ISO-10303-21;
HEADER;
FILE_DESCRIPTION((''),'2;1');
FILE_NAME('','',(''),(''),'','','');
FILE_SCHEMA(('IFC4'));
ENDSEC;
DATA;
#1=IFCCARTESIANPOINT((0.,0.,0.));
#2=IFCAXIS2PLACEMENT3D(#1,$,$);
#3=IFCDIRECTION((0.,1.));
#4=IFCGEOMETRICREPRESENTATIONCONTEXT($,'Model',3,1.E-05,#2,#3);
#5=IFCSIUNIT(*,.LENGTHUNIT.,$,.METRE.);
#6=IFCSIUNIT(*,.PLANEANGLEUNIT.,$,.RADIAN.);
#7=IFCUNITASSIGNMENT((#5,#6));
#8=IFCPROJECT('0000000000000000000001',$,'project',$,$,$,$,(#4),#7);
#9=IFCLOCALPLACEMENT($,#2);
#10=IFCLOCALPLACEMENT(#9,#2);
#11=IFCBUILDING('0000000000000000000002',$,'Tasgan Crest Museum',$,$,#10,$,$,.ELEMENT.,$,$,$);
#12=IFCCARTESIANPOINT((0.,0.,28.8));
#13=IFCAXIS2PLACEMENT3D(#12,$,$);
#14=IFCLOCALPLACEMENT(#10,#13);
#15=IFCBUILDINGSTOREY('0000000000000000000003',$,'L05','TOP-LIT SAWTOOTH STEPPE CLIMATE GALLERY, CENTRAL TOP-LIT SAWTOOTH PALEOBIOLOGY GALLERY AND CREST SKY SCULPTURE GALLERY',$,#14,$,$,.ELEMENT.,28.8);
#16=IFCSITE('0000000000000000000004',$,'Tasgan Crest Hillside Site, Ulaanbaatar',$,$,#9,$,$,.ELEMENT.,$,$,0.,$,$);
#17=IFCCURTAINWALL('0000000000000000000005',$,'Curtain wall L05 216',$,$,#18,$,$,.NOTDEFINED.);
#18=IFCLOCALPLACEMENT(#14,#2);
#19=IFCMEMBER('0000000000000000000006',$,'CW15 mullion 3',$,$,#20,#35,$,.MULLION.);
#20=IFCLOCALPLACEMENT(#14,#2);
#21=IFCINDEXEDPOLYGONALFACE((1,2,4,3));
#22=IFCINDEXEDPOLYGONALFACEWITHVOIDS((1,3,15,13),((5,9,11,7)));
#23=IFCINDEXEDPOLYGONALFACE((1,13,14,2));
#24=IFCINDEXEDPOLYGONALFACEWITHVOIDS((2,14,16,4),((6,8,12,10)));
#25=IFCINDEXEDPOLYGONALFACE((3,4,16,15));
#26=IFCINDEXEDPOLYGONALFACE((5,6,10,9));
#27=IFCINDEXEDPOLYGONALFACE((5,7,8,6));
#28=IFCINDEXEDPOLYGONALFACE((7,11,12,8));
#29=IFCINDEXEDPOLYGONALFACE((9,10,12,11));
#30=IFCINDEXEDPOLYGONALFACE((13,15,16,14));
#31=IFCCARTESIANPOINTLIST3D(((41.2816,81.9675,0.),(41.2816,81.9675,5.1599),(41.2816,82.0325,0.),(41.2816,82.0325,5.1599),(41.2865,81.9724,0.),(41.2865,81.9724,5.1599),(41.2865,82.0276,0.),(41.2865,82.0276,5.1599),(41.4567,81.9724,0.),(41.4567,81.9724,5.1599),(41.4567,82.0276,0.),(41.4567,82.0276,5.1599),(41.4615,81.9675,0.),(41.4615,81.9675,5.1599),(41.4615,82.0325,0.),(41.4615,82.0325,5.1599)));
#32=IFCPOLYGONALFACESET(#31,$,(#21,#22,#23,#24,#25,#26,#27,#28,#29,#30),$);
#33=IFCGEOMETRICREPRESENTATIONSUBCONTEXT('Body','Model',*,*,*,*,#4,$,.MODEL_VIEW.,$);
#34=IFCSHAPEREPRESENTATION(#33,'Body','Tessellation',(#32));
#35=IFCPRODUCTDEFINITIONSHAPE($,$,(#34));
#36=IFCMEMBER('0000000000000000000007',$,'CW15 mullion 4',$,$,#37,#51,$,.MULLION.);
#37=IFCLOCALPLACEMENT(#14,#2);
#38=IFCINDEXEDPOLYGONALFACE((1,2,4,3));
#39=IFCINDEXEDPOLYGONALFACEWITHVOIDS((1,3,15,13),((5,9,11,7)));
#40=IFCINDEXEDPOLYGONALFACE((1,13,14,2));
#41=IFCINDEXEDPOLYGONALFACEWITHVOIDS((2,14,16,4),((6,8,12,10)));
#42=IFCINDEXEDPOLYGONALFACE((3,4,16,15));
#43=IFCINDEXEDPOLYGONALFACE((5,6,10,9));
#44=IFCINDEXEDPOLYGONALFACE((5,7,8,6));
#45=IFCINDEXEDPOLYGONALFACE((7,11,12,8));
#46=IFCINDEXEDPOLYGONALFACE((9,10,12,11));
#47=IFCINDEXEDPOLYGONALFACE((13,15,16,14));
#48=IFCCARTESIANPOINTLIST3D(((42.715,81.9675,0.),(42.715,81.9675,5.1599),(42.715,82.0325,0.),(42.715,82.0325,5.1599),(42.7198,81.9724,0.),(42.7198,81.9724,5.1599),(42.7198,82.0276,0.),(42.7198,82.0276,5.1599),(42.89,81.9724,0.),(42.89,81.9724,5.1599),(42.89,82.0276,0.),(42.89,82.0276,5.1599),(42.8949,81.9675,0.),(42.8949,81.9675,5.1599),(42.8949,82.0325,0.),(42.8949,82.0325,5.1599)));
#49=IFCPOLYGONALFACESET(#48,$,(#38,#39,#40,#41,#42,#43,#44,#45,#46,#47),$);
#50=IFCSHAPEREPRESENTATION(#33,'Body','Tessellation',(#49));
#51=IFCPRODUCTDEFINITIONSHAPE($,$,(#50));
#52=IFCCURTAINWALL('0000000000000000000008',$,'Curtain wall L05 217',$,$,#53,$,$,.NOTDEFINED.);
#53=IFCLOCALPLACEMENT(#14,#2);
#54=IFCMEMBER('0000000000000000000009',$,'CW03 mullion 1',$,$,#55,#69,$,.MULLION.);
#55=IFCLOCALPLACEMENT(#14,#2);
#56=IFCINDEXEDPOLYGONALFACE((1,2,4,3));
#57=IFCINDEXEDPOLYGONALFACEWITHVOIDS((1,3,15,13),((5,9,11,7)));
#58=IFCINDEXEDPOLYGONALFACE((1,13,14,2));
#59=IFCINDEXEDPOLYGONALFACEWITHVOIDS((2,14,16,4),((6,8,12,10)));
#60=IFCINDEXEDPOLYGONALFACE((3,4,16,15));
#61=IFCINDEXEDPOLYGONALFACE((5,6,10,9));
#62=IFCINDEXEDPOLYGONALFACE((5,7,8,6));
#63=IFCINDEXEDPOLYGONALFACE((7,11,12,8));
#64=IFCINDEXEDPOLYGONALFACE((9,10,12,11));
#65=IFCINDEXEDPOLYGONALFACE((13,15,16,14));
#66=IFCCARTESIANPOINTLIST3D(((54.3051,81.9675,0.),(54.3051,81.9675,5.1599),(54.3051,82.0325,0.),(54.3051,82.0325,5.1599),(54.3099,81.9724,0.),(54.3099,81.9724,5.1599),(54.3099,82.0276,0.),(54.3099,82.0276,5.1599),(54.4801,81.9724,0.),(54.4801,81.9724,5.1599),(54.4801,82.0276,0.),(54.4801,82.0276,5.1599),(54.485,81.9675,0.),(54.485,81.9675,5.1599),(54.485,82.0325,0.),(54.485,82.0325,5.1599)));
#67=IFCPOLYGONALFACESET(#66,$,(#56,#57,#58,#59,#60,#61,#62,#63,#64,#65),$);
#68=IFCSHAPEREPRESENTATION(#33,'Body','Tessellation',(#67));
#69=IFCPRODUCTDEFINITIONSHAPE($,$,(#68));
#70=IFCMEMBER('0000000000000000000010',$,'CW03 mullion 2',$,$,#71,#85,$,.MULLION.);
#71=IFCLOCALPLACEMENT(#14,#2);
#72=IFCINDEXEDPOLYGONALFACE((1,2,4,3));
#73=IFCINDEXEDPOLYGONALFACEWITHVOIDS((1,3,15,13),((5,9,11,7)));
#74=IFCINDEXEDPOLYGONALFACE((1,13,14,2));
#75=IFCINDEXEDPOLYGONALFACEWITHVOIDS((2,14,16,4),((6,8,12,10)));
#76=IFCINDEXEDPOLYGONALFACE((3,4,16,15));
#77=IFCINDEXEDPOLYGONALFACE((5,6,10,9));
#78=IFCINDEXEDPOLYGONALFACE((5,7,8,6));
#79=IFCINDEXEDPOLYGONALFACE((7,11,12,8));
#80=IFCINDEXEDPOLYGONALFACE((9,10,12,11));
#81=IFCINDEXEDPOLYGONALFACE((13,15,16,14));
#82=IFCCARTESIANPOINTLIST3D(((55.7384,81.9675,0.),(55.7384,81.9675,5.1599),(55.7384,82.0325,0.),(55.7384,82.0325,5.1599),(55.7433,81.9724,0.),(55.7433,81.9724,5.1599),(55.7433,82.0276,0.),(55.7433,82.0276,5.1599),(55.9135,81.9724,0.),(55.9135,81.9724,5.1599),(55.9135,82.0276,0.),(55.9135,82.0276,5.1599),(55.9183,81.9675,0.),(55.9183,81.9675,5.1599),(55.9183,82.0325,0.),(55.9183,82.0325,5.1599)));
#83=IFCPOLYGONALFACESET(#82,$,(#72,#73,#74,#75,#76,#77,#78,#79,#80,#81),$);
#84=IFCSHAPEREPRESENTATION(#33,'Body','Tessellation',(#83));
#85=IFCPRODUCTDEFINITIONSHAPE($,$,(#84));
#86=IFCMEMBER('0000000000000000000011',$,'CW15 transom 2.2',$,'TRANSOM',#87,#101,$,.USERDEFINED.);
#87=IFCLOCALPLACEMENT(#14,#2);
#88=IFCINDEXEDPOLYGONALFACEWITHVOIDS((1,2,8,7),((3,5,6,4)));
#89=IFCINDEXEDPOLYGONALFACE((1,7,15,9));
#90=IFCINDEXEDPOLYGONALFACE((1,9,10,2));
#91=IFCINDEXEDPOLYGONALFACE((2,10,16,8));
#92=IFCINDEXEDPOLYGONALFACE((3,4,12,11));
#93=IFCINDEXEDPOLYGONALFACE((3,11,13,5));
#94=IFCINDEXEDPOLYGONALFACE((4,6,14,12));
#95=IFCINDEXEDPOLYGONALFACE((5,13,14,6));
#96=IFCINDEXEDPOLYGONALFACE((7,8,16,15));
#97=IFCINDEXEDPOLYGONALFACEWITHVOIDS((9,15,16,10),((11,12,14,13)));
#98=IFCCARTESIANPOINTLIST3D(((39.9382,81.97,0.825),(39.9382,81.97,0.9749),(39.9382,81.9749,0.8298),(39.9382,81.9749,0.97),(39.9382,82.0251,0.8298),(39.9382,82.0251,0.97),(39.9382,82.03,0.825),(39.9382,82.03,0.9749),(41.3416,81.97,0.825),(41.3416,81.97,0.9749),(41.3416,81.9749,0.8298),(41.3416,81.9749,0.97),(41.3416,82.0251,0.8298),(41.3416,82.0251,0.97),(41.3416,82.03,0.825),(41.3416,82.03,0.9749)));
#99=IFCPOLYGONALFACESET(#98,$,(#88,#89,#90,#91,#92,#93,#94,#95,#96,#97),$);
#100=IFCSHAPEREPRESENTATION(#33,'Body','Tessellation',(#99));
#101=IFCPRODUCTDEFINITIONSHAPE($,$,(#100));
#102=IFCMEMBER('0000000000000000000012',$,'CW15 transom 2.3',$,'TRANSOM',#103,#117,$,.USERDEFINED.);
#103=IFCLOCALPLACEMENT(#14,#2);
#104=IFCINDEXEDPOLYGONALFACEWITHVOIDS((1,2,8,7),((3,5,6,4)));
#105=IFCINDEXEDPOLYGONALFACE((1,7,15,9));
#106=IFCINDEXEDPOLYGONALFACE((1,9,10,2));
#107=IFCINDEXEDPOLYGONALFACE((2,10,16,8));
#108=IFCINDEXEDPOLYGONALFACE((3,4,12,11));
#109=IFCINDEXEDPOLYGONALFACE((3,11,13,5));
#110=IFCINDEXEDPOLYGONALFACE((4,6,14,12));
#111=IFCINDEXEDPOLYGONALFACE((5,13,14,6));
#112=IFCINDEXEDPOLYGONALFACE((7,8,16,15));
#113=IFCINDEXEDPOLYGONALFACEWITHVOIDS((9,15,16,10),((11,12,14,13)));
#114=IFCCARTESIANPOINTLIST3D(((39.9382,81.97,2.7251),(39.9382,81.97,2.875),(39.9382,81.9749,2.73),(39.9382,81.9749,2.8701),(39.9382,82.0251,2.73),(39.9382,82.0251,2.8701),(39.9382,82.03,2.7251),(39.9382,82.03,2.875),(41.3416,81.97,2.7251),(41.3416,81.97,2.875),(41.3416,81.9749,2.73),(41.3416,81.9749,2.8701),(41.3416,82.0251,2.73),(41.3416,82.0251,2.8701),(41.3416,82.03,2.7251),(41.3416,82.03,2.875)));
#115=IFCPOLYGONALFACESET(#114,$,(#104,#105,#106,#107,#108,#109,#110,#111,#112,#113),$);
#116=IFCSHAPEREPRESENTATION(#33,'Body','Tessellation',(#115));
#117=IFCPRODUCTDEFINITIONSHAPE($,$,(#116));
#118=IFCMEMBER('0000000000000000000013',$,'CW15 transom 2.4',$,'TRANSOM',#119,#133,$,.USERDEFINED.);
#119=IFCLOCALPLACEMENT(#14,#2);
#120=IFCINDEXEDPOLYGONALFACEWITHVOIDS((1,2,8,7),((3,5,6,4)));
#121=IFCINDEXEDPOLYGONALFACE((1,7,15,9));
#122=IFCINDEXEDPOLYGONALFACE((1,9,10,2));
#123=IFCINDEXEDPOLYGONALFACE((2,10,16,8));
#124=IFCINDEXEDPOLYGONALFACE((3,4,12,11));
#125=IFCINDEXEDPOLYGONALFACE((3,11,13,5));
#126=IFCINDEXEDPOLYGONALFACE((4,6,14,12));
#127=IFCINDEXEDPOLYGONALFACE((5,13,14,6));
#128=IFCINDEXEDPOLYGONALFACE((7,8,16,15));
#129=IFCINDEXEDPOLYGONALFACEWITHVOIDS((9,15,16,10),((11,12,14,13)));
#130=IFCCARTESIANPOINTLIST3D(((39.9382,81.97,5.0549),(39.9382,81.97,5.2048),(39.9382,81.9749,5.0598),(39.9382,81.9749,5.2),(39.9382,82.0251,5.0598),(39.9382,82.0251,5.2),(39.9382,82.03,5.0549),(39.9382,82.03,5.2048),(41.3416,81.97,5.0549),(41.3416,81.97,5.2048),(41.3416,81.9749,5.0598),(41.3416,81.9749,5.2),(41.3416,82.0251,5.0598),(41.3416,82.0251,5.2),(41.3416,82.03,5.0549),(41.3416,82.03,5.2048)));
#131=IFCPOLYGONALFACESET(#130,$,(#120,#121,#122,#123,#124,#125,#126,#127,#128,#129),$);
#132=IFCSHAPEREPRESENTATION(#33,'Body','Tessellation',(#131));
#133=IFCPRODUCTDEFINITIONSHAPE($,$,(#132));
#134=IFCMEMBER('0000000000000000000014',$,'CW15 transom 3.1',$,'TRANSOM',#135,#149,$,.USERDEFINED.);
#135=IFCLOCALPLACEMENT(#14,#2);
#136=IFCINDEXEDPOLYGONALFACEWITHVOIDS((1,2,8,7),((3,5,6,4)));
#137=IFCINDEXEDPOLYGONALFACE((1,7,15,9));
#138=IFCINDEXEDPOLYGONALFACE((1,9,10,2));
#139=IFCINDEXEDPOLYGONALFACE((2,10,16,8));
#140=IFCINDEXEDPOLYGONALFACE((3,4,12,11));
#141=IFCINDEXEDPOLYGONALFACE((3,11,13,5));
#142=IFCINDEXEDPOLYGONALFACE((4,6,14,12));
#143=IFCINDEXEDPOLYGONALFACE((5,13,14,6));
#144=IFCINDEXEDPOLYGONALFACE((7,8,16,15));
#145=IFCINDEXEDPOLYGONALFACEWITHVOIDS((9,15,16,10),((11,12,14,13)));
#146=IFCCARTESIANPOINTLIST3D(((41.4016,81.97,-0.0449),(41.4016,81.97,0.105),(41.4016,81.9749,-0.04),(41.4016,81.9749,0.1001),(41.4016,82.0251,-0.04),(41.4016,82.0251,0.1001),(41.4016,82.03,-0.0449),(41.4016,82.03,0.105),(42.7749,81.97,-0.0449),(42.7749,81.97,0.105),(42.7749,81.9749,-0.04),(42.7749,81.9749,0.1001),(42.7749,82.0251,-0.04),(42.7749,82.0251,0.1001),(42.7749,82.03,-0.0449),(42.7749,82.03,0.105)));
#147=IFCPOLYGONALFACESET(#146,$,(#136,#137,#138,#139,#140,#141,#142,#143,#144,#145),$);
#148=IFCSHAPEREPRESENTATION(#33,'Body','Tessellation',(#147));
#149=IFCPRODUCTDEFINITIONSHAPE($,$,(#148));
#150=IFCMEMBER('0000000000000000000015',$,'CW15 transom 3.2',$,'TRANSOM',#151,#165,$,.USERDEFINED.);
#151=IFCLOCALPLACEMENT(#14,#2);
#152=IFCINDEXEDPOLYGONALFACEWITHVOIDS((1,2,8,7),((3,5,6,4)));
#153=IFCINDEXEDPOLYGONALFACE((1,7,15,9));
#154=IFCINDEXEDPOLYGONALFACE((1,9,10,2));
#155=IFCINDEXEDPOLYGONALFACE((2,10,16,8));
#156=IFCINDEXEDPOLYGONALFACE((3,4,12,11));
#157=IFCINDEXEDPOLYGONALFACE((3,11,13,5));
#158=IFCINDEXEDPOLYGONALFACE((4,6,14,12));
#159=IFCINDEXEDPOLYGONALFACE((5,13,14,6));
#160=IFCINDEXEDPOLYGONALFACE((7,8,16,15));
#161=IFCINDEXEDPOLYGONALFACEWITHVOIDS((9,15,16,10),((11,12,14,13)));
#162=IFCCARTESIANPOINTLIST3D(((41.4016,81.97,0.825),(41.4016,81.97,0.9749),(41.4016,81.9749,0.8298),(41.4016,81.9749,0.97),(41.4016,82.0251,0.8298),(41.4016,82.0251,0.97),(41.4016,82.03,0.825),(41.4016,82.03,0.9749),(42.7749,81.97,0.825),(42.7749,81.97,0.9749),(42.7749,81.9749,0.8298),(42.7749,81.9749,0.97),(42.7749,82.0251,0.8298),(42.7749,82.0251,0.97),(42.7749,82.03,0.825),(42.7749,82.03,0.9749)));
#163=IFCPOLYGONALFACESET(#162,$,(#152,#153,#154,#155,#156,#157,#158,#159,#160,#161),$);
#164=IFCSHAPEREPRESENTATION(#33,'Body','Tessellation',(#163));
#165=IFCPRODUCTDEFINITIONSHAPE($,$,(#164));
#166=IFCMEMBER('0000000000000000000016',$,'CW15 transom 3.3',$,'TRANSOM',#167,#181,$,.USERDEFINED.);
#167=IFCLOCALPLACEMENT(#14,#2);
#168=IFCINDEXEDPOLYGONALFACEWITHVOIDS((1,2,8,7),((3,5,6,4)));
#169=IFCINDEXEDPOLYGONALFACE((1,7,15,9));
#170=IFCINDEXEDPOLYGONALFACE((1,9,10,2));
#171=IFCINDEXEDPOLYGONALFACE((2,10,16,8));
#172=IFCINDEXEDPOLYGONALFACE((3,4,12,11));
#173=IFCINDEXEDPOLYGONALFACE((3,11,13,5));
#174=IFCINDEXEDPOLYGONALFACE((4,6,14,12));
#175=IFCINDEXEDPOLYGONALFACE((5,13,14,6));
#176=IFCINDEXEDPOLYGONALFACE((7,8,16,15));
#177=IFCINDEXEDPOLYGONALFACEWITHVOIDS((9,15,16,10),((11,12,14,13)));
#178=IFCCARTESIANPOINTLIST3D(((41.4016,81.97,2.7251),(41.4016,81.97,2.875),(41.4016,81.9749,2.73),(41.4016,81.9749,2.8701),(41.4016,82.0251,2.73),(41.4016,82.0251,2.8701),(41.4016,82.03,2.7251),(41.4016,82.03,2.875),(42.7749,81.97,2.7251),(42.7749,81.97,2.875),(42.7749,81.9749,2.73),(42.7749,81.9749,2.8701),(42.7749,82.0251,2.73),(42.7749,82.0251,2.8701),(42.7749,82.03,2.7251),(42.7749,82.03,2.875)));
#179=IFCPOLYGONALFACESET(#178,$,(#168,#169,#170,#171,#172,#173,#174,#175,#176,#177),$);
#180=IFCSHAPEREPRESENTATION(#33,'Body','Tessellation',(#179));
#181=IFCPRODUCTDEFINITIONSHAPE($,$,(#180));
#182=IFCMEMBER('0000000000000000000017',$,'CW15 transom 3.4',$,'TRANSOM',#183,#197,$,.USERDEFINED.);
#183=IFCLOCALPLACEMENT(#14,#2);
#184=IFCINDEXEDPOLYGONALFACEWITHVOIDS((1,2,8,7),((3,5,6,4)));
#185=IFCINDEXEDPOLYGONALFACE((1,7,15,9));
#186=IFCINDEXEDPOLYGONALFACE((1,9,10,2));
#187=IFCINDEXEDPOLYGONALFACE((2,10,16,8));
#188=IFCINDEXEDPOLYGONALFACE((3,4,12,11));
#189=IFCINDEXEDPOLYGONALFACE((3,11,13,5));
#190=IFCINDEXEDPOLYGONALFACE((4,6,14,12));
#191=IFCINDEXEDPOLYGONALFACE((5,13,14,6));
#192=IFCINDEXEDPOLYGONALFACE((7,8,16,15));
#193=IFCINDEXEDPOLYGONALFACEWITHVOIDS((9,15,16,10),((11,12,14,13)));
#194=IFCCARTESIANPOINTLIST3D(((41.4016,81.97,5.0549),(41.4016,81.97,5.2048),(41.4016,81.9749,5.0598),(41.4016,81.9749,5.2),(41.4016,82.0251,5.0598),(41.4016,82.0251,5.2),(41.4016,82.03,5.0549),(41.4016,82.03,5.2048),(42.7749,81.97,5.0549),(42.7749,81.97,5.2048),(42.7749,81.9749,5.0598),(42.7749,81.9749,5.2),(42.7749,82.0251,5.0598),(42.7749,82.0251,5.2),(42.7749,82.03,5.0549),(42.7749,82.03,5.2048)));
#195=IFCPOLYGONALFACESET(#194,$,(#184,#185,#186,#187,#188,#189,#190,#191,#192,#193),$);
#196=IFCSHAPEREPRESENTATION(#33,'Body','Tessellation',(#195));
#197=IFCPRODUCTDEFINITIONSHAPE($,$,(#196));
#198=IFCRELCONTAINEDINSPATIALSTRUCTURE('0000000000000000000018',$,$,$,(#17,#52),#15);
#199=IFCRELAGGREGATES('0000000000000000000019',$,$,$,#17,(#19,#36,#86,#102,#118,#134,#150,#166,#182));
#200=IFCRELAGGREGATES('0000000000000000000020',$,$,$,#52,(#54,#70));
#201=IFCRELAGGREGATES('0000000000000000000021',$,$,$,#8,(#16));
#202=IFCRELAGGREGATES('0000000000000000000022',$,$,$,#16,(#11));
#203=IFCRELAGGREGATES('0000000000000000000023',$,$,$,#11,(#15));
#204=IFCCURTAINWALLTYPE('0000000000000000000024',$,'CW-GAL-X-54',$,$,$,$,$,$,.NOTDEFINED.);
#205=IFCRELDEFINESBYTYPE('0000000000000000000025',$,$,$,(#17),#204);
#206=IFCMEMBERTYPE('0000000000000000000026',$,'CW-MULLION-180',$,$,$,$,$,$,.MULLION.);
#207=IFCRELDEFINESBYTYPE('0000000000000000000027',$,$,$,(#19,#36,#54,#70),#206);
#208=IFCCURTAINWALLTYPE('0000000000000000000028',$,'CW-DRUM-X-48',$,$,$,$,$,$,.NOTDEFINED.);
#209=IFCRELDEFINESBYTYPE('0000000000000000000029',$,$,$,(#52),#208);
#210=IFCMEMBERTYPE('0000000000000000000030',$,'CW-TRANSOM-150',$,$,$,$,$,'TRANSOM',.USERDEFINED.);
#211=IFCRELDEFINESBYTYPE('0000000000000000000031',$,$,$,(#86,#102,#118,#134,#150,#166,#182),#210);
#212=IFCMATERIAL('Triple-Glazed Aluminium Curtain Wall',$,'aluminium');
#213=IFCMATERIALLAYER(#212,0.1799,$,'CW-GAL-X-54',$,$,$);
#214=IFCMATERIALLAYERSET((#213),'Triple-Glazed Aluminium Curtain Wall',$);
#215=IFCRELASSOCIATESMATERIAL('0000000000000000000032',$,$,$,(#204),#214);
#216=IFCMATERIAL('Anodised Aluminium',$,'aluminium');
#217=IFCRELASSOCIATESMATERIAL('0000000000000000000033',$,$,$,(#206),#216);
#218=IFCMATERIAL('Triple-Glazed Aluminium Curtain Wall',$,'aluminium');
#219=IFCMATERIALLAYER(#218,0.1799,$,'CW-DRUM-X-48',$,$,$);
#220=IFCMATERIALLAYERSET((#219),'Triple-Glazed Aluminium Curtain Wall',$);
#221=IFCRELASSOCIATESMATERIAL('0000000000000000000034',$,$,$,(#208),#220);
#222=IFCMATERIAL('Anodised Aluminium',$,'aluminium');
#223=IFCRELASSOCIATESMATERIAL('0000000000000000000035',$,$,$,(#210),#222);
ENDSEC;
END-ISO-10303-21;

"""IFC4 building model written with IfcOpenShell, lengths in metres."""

from ifc_helpers import new_model, si_unit, direction, frame, origin, origin_2d, place, context, subcontext, project, spatial, hollow_rectangle, extrude, material, layer, layer_set, material_profile, profile_set, type_object, element, aggregate, save


model = new_model("IFC4")

# Units and contexts
model_context = context("Model", 3, precision=1e-05, world=origin(), true_north=direction((0.0, 1.0)))
body_context = subcontext(model_context, "Body", "Model", "MODEL_VIEW")
ifc_project = project(units=[si_unit("LENGTHUNIT", "METRE"), si_unit("PLANEANGLEUNIT", "RADIAN")], contexts=[model_context])

# Site, building, storey
site_placement = place(None, origin())
site = spatial("IfcSite", under=ifc_project, at=site_placement, Name="Tasgan Crest Hillside Site, Ulaanbaatar", CompositionType="ELEMENT", RefElevation=0.0)
building_placement = place(site_placement, origin())
building = spatial("IfcBuilding", under=site, at=building_placement, Name="Tasgan Crest Museum", CompositionType="ELEMENT")
storey_placement = place(building_placement, frame((0.0, 0.0, 28.8)))
storey = spatial("IfcBuildingStorey", under=building, at=storey_placement, Name="L05", Description="TOP-LIT SAWTOOTH STEPPE CLIMATE GALLERY, CENTRAL TOP-LIT SAWTOOTH PALEOBIOLOGY GALLERY AND CREST SKY SCULPTURE GALLERY", CompositionType="ELEMENT", Elevation=28.8)

# Curtain walls, members
ifc_material_1 = material(Name="Triple-Glazed Aluminium Curtain Wall", Category="aluminium")
ifc_layer_1 = layer(ifc_material_1, 0.1799, Name="CW-GAL-X-54")
ifc_layer_set_1 = layer_set([ifc_layer_1], Name="Triple-Glazed Aluminium Curtain Wall")
curtain_wall_type_1 = type_object("IfcCurtainWallType", Name="CW-GAL-X-54", PredefinedType="NOTDEFINED", material=ifc_layer_set_1)
curtain_wall_1_placement = place(storey_placement, origin())
curtain_wall_1 = element("IfcCurtainWall", 1, at=curtain_wall_1_placement, inside=storey, type_object=curtain_wall_type_1, Name="Curtain wall L05 216", PredefinedType="NOTDEFINED")
ifc_material_2 = material(Name="Anodised Aluminium", Category="aluminium")
ifc_material_profile_1 = material_profile(ifc_material_2, hollow_rectangle(XDim=0.0649, YDim=0.1799, WallThickness=0.0049, at=origin_2d()), Name="ALU MULLION 180x65x5")
ifc_profile_set_1 = profile_set([ifc_material_profile_1], Name="Anodised Aluminium")
member_type_1 = type_object("IfcMemberType", Name="CW-MULLION-180", PredefinedType="MULLION", material=ifc_profile_set_1)
member_1_placement = place(storey_placement, frame((41.3716, 82.0, 0.0), z_axis=(0.0, 0.0, 1.0), x_axis=(0.0, 1.0, 0.0)))
member_1 = element("IfcMember", 2, at=member_1_placement, type_object=member_type_1, Name="CW15 mullion 3", PredefinedType="MULLION", context=body_context, shape_type="SweptSolid", body=[
    extrude(hollow_rectangle(XDim=0.0649, YDim=0.1799, WallThickness=0.0049, at=origin_2d()), origin(), (0.0, 0.0, 1.0), 5.1599),
])
member_2_placement = place(storey_placement, frame((42.8049, 82.0, 0.0), z_axis=(0.0, 0.0, 1.0), x_axis=(0.0, 1.0, 0.0)))
member_2 = element("IfcMember", 3, at=member_2_placement, type_object=member_type_1, Name="CW15 mullion 4", PredefinedType="MULLION", context=body_context, shape_type="SweptSolid", body=[
    extrude(hollow_rectangle(XDim=0.0649, YDim=0.1799, WallThickness=0.0049, at=origin_2d()), origin(), (0.0, 0.0, 1.0), 5.1599),
])
ifc_material_3 = material(Name="Triple-Glazed Aluminium Curtain Wall", Category="aluminium")
ifc_layer_2 = layer(ifc_material_3, 0.1799, Name="CW-DRUM-X-48")
ifc_layer_set_2 = layer_set([ifc_layer_2], Name="Triple-Glazed Aluminium Curtain Wall")
curtain_wall_type_2 = type_object("IfcCurtainWallType", Name="CW-DRUM-X-48", PredefinedType="NOTDEFINED", material=ifc_layer_set_2)
curtain_wall_2_placement = place(storey_placement, origin())
curtain_wall_2 = element("IfcCurtainWall", 4, at=curtain_wall_2_placement, inside=storey, type_object=curtain_wall_type_2, Name="Curtain wall L05 217", PredefinedType="NOTDEFINED")
member_3_placement = place(storey_placement, frame((54.395, 82.0, 0.0), z_axis=(0.0, 0.0, 1.0), x_axis=(0.0, 1.0, 0.0)))
member_3 = element("IfcMember", 5, at=member_3_placement, type_object=member_type_1, Name="CW03 mullion 1", PredefinedType="MULLION", context=body_context, shape_type="SweptSolid", body=[
    extrude(hollow_rectangle(XDim=0.0649, YDim=0.1799, WallThickness=0.0049, at=origin_2d()), origin(), (0.0, 0.0, 1.0), 5.1599),
])
member_4_placement = place(storey_placement, frame((55.8284, 82.0, 0.0), z_axis=(0.0, 0.0, 1.0), x_axis=(0.0, 1.0, 0.0)))
member_4 = element("IfcMember", 6, at=member_4_placement, type_object=member_type_1, Name="CW03 mullion 2", PredefinedType="MULLION", context=body_context, shape_type="SweptSolid", body=[
    extrude(hollow_rectangle(XDim=0.0649, YDim=0.1799, WallThickness=0.0049, at=origin_2d()), origin(), (0.0, 0.0, 1.0), 5.1599),
])

# Members
ifc_material_4 = material(Name="Anodised Aluminium", Category="aluminium")
ifc_material_profile_2 = material_profile(ifc_material_4, hollow_rectangle(XDim=0.0601, YDim=0.1499, WallThickness=0.0049, at=origin_2d()), Name="ALU TRANSOM 150x60x5")
ifc_profile_set_2 = profile_set([ifc_material_profile_2], Name="Anodised Aluminium")
member_type_2 = type_object("IfcMemberType", Name="CW-TRANSOM-150", ElementType="TRANSOM", PredefinedType="USERDEFINED", material=ifc_profile_set_2)
member_5_placement = place(storey_placement, frame((39.9382, 82.0, 0.8999), z_axis=(1.0, 0.0, 0.0), x_axis=(0.0, 1.0, 0.0)))
member_5 = element("IfcMember", 7, at=member_5_placement, type_object=member_type_2, Name="CW15 transom 2.2", ObjectType="TRANSOM", PredefinedType="USERDEFINED", context=body_context, shape_type="SweptSolid", body=[
    extrude(hollow_rectangle(XDim=0.0601, YDim=0.1499, WallThickness=0.0049, at=origin_2d()), origin(), (0.0, 0.0, 1.0), 1.4033),
])
member_6_placement = place(storey_placement, frame((39.9382, 82.0, 2.8), z_axis=(1.0, 0.0, 0.0), x_axis=(0.0, 1.0, 0.0)))
member_6 = element("IfcMember", 8, at=member_6_placement, type_object=member_type_2, Name="CW15 transom 2.3", ObjectType="TRANSOM", PredefinedType="USERDEFINED", context=body_context, shape_type="SweptSolid", body=[
    extrude(hollow_rectangle(XDim=0.0601, YDim=0.1499, WallThickness=0.0049, at=origin_2d()), origin(), (0.0, 0.0, 1.0), 1.4033),
])
member_7_placement = place(storey_placement, frame((39.9382, 82.0, 5.1299), z_axis=(1.0, 0.0, 0.0), x_axis=(0.0, 1.0, 0.0)))
member_7 = element("IfcMember", 9, at=member_7_placement, type_object=member_type_2, Name="CW15 transom 2.4", ObjectType="TRANSOM", PredefinedType="USERDEFINED", context=body_context, shape_type="SweptSolid", body=[
    extrude(hollow_rectangle(XDim=0.0601, YDim=0.1499, WallThickness=0.0049, at=origin_2d()), origin(), (0.0, 0.0, 1.0), 1.4033),
])
member_8_placement = place(storey_placement, frame((41.4016, 82.0, 0.03), z_axis=(1.0, 0.0, 0.0), x_axis=(0.0, 1.0, 0.0)))
member_8 = element("IfcMember", 10, at=member_8_placement, type_object=member_type_2, Name="CW15 transom 3.1", ObjectType="TRANSOM", PredefinedType="USERDEFINED", context=body_context, shape_type="SweptSolid", body=[
    extrude(hollow_rectangle(XDim=0.0601, YDim=0.1499, WallThickness=0.0049, at=origin_2d()), origin(), (0.0, 0.0, 1.0), 1.3733),
])
member_9_placement = place(storey_placement, frame((41.4016, 82.0, 0.8999), z_axis=(1.0, 0.0, 0.0), x_axis=(0.0, 1.0, 0.0)))
member_9 = element("IfcMember", 11, at=member_9_placement, type_object=member_type_2, Name="CW15 transom 3.2", ObjectType="TRANSOM", PredefinedType="USERDEFINED", context=body_context, shape_type="SweptSolid", body=[
    extrude(hollow_rectangle(XDim=0.0601, YDim=0.1499, WallThickness=0.0049, at=origin_2d()), origin(), (0.0, 0.0, 1.0), 1.3733),
])
member_10_placement = place(storey_placement, frame((41.4016, 82.0, 2.8), z_axis=(1.0, 0.0, 0.0), x_axis=(0.0, 1.0, 0.0)))
member_10 = element("IfcMember", 12, at=member_10_placement, type_object=member_type_2, Name="CW15 transom 3.3", ObjectType="TRANSOM", PredefinedType="USERDEFINED", context=body_context, shape_type="SweptSolid", body=[
    extrude(hollow_rectangle(XDim=0.0601, YDim=0.1499, WallThickness=0.0049, at=origin_2d()), origin(), (0.0, 0.0, 1.0), 1.3733),
])
member_11_placement = place(storey_placement, frame((41.4016, 82.0, 5.1299), z_axis=(1.0, 0.0, 0.0), x_axis=(0.0, 1.0, 0.0)))
member_11 = element("IfcMember", 13, at=member_11_placement, type_object=member_type_2, Name="CW15 transom 3.4", ObjectType="TRANSOM", PredefinedType="USERDEFINED", context=body_context, shape_type="SweptSolid", body=[
    extrude(hollow_rectangle(XDim=0.0601, YDim=0.1499, WallThickness=0.0049, at=origin_2d()), origin(), (0.0, 0.0, 1.0), 1.3733),
])

aggregate(curtain_wall_1, [member_1, member_2, member_5, member_6, member_7, member_8, member_9, member_10, member_11])
aggregate(curtain_wall_2, [member_3, member_4])

save(model, "model.ifc")
